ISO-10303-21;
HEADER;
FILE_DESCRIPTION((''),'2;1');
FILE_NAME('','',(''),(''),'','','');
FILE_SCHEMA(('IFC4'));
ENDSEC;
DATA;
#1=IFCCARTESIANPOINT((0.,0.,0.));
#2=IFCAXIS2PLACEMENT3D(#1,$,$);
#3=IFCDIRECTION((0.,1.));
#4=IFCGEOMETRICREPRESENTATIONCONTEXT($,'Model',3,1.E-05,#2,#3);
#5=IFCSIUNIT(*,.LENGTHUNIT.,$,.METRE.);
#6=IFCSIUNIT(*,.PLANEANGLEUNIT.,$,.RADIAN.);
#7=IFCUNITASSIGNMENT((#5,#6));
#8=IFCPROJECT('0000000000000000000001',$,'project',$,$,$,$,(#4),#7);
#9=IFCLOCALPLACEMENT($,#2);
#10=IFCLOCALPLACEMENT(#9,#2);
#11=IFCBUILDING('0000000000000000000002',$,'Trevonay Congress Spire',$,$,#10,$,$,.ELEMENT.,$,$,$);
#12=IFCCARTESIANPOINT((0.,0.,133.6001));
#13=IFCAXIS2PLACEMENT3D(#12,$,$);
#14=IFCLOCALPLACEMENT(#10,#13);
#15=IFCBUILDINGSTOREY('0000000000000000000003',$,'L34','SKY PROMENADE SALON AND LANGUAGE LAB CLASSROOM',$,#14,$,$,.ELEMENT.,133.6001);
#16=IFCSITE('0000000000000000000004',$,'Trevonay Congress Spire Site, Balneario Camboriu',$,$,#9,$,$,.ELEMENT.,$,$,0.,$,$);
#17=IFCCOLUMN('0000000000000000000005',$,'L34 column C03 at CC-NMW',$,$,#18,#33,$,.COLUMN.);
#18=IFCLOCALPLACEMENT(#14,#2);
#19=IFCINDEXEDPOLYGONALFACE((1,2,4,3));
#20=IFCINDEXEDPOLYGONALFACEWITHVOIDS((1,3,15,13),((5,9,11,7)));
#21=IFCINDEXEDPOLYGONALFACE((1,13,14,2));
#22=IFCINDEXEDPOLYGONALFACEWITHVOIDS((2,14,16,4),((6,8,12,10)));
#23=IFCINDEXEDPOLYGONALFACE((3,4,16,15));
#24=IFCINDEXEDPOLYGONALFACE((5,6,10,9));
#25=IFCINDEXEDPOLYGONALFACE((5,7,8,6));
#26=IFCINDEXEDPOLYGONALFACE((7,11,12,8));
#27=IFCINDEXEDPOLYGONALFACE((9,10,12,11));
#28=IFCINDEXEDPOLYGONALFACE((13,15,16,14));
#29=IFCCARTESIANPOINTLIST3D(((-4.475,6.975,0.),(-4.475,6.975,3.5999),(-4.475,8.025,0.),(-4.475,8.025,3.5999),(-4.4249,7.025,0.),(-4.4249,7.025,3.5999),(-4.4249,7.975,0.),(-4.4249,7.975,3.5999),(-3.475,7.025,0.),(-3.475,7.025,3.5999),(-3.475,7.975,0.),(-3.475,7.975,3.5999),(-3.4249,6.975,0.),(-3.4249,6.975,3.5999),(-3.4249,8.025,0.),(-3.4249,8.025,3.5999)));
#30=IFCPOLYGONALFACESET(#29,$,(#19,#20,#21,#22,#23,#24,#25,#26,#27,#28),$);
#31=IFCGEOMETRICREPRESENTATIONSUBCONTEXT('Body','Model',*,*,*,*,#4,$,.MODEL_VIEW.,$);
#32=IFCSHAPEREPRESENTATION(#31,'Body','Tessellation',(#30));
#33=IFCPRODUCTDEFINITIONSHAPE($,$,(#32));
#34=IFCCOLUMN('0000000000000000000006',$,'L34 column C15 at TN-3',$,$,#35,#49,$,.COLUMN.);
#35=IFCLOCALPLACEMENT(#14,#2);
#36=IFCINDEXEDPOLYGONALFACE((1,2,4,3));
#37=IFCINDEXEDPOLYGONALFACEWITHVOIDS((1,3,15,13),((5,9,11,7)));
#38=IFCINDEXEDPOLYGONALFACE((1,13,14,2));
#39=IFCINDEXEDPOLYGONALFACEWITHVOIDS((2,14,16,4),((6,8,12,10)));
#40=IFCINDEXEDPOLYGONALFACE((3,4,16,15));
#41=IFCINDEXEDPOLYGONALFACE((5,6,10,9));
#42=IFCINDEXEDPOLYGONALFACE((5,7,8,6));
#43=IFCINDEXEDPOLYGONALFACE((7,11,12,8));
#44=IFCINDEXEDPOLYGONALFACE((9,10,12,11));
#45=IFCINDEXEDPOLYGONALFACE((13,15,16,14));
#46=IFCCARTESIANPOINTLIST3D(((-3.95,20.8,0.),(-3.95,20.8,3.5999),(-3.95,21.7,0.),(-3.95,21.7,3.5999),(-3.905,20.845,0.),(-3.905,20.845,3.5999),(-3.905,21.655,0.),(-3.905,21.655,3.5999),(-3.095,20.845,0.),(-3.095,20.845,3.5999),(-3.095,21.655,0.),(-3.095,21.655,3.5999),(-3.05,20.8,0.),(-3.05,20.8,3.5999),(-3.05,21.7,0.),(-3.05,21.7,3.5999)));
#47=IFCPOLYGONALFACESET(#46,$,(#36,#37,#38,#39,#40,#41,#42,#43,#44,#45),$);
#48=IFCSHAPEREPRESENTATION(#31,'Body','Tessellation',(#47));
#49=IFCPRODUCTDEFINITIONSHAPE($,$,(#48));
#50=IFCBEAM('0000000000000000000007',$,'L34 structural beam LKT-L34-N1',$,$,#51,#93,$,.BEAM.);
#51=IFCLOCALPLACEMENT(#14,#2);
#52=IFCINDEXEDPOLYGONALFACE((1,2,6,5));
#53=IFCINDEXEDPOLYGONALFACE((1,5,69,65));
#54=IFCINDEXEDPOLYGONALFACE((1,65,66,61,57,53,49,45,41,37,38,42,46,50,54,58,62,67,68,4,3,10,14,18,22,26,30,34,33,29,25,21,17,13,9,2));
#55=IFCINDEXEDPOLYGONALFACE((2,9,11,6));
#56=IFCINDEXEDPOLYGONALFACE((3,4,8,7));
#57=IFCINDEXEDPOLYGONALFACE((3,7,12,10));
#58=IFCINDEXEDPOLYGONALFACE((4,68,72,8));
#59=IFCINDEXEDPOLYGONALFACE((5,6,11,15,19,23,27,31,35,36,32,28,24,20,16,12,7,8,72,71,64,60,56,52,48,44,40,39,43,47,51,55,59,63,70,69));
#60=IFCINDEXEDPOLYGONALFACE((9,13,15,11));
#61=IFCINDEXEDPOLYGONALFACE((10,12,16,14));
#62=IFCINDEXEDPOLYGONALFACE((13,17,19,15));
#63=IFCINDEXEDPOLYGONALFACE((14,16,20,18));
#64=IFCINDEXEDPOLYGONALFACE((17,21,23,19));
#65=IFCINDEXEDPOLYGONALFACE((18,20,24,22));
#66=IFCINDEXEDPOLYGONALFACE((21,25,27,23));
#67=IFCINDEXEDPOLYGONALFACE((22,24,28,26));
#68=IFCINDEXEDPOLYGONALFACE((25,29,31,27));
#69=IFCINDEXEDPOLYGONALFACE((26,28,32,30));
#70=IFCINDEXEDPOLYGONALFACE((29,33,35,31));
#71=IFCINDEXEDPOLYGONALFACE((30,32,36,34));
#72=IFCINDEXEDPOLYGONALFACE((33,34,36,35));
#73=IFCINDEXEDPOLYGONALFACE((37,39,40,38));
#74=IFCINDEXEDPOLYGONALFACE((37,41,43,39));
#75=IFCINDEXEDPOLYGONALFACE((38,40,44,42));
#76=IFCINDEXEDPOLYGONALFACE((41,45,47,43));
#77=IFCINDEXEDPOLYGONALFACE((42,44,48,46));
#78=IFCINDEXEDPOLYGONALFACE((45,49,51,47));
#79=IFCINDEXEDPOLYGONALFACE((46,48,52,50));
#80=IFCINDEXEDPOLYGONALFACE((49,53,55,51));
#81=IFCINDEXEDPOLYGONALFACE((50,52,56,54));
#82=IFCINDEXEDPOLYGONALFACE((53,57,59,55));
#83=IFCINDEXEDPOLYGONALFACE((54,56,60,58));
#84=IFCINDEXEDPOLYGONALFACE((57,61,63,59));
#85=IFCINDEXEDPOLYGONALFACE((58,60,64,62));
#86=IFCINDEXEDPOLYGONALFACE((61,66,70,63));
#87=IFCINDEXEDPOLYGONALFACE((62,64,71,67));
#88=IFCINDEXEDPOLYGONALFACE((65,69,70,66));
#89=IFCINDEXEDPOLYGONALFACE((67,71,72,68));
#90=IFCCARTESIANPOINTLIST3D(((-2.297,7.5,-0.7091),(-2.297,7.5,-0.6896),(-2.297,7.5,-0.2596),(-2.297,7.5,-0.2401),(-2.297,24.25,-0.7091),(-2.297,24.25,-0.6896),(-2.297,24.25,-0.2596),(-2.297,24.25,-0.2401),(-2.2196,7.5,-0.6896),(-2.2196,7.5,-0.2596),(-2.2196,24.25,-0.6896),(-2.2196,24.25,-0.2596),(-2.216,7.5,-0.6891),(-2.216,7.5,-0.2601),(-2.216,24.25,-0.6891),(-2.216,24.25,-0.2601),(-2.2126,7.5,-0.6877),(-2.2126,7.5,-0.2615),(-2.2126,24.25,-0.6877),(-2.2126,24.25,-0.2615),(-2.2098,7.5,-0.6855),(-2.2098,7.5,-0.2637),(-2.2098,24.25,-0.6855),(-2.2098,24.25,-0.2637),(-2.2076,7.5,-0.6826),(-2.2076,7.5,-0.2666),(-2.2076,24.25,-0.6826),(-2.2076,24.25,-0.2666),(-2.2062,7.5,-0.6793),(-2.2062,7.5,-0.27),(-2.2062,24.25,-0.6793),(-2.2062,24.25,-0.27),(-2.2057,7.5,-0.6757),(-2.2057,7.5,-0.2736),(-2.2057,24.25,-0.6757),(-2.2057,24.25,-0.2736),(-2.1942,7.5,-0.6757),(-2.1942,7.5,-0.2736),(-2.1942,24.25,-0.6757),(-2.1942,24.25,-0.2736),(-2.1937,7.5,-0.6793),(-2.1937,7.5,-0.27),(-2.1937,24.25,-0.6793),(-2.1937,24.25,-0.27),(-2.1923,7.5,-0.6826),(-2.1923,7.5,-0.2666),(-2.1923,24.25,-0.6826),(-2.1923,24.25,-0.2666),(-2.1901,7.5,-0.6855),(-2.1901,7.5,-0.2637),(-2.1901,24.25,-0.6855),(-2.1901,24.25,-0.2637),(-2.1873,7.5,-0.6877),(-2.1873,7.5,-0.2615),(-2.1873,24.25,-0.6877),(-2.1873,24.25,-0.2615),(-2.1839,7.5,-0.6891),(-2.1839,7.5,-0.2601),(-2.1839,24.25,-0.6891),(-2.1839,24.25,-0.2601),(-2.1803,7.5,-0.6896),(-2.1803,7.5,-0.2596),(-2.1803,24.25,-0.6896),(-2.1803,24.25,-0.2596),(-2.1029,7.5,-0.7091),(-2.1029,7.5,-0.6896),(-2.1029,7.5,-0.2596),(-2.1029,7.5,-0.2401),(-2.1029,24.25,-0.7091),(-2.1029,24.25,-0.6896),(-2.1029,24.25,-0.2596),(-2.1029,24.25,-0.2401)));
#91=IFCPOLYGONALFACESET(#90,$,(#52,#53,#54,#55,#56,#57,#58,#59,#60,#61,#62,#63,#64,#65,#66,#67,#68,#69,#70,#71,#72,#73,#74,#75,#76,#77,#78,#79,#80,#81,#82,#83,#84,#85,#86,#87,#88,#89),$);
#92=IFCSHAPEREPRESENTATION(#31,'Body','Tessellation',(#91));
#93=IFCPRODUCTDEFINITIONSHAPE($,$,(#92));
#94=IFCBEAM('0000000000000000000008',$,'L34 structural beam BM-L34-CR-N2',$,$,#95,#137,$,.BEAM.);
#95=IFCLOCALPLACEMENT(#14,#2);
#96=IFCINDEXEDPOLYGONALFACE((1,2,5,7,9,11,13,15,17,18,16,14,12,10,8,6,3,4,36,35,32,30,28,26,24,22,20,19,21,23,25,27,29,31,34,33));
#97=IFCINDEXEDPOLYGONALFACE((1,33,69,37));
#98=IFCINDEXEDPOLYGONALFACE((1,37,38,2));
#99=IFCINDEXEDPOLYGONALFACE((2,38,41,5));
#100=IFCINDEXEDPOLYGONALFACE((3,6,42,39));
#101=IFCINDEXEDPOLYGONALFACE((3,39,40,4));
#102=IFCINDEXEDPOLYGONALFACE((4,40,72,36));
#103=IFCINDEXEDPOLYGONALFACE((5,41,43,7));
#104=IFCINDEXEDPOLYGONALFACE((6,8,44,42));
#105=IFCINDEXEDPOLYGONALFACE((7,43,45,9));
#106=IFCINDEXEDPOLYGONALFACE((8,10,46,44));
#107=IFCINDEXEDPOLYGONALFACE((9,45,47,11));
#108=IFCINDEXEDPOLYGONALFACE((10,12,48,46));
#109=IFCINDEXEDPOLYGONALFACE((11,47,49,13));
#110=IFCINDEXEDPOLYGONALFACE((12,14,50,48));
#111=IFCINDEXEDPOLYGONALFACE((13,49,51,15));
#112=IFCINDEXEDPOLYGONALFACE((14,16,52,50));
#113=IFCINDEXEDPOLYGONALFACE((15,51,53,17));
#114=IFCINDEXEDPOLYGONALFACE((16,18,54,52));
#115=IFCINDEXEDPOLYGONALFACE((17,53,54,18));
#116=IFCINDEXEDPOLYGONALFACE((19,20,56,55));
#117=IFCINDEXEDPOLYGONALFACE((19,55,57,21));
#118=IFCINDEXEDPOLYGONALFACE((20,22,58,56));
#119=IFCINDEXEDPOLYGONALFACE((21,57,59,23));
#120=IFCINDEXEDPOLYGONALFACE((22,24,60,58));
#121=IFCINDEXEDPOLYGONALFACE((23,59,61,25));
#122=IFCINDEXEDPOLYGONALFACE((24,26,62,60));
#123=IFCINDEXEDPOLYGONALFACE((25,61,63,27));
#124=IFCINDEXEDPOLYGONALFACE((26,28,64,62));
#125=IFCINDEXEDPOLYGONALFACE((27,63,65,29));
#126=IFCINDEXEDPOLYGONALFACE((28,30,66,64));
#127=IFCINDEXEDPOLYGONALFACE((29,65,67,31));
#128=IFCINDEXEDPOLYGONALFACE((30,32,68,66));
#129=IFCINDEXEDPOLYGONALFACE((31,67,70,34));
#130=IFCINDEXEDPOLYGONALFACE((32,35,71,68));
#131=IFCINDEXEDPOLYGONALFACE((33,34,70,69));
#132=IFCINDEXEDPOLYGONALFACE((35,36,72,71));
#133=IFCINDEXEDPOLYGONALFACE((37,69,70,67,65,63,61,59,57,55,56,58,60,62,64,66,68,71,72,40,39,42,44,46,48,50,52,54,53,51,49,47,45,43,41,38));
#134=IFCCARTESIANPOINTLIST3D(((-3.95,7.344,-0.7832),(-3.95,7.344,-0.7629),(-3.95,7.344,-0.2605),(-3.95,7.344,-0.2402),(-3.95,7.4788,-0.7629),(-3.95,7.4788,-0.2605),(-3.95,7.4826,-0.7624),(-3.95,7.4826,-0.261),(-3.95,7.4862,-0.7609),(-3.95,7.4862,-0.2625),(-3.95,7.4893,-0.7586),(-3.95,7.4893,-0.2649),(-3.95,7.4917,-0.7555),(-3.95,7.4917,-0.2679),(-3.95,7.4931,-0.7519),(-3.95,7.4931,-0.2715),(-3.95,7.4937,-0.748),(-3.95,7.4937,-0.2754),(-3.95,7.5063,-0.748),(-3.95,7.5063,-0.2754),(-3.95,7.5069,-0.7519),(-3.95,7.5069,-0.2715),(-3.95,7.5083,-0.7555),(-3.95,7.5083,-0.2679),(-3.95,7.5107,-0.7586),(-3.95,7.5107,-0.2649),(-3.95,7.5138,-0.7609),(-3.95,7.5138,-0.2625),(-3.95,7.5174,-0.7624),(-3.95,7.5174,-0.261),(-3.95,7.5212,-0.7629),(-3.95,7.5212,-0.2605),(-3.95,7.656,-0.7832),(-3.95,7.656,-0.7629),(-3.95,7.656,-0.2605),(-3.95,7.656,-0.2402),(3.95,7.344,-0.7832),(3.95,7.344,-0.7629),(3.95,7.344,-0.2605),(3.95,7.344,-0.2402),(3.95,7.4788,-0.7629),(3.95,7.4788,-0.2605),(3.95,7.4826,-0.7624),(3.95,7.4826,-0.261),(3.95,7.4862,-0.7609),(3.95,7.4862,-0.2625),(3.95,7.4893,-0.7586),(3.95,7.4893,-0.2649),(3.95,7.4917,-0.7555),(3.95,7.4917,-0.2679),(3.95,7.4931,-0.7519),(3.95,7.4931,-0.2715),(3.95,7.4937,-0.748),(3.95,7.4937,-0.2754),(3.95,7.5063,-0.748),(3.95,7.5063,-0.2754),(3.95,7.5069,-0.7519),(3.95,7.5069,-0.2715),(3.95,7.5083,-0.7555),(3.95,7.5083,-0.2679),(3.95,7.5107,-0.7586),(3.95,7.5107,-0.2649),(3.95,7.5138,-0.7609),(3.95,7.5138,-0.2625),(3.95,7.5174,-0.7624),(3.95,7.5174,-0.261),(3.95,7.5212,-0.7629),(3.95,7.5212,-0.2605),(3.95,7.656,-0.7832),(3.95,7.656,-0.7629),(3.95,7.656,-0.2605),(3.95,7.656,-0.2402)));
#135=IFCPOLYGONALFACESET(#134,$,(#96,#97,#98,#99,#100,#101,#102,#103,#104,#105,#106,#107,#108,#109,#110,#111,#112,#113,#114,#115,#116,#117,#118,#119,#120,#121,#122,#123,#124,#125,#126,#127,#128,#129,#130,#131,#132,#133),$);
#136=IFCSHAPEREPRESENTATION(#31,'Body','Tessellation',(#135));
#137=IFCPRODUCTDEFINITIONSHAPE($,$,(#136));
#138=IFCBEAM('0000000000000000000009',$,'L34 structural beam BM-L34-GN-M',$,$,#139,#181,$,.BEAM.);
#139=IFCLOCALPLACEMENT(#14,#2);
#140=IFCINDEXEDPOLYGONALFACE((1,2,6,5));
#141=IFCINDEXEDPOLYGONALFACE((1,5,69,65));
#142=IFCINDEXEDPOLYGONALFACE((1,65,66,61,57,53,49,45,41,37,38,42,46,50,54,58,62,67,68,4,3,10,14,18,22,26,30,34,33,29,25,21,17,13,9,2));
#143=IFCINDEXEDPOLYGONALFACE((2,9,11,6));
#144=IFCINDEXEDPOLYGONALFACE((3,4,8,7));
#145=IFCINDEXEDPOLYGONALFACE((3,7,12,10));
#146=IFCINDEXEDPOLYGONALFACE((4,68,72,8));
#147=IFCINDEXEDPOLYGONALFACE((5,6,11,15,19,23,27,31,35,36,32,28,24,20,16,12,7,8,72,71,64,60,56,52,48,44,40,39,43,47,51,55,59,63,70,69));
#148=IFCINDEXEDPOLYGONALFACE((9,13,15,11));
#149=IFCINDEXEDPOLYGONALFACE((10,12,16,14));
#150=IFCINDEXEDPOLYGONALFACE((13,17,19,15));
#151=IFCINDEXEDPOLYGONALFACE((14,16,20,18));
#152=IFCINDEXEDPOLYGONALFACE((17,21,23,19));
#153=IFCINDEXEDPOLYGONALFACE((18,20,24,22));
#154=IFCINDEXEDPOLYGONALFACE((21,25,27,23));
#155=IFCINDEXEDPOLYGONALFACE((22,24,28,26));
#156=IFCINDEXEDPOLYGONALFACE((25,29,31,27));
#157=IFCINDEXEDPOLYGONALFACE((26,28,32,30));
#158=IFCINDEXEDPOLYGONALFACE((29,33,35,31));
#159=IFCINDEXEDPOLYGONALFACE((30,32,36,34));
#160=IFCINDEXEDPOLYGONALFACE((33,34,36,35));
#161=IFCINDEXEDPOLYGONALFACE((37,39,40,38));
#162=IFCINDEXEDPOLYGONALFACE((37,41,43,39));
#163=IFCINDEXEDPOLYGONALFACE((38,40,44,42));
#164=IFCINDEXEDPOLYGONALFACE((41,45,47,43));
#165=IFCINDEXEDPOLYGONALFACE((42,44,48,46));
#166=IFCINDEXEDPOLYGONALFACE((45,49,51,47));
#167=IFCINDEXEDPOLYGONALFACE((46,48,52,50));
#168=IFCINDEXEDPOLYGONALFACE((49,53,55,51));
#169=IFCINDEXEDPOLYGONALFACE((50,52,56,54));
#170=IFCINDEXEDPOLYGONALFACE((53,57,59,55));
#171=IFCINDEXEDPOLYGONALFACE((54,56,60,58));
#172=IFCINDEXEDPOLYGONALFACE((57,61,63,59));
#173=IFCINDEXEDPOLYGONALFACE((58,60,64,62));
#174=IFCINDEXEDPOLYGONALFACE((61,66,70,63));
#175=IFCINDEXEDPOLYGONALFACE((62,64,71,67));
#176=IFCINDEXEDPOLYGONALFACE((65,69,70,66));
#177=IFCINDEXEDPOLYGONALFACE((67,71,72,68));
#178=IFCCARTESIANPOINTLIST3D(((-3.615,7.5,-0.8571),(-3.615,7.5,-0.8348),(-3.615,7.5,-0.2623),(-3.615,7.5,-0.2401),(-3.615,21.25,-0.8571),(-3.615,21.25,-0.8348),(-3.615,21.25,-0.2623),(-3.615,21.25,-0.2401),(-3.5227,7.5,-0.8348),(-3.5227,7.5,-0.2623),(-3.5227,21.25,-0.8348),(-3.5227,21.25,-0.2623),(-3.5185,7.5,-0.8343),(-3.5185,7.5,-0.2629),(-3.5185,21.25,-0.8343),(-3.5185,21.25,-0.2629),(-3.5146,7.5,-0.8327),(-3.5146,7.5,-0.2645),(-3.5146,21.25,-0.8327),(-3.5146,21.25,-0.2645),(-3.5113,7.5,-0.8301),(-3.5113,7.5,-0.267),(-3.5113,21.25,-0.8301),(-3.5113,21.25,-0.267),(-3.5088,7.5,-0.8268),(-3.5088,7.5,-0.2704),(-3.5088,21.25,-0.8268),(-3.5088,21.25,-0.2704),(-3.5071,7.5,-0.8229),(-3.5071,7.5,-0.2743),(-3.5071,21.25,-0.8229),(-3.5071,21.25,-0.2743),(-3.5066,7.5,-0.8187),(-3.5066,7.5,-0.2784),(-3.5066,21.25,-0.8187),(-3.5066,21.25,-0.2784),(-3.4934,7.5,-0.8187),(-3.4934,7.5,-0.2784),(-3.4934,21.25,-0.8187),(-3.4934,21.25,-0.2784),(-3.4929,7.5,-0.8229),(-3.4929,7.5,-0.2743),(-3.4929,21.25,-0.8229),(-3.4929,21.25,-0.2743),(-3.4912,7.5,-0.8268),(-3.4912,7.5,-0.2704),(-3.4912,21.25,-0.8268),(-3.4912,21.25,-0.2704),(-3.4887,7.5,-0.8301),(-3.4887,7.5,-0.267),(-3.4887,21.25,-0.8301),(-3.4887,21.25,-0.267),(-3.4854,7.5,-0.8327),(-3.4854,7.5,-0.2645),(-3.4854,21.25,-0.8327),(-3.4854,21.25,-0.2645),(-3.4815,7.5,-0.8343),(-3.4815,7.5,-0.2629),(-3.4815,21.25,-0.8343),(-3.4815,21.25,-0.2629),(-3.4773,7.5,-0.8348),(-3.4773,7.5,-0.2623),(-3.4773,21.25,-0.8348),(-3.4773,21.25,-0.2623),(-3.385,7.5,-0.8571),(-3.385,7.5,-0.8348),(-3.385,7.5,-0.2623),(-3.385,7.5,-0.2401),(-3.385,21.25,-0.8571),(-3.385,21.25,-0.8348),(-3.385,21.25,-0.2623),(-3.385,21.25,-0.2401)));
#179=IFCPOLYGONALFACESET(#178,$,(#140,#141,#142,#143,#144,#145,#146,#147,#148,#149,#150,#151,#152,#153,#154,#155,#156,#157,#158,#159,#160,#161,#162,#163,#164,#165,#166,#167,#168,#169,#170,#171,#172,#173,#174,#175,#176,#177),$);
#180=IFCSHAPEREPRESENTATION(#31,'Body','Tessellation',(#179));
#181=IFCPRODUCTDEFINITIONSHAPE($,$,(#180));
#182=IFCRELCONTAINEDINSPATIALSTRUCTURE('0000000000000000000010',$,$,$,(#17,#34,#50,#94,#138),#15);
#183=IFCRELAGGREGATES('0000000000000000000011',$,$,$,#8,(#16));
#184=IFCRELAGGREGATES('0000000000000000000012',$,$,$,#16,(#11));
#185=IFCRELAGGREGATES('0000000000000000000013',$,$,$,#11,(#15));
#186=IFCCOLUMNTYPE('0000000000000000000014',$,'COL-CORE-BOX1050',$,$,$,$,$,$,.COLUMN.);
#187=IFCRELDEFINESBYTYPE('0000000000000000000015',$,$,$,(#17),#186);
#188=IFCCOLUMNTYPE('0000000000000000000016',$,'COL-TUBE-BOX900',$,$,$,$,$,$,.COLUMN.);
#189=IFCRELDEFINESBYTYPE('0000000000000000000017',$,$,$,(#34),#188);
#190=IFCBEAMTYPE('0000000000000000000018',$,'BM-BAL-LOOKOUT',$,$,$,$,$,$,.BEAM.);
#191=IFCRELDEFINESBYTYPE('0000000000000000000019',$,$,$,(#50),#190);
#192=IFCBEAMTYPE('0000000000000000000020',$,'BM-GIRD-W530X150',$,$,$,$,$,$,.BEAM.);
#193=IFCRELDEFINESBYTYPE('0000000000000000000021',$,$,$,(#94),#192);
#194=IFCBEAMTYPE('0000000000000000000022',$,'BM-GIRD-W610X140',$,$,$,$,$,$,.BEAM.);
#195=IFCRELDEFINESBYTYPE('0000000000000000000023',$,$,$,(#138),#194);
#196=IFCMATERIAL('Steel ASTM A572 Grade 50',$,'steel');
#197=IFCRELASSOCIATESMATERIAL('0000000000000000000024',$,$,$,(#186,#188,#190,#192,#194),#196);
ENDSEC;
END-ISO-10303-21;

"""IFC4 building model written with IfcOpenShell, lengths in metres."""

from ifc_helpers import new_model, si_unit, direction, frame, origin, origin_2d, place, context, subcontext, project, spatial, hollow_rectangle, i_section, extrude, material, material_profile, profile_set, type_object, element, save


model = new_model("IFC4")

# Units and contexts
model_context = context("Model", 3, precision=1e-05, world=origin(), true_north=direction((0.0, 1.0)))
body_context = subcontext(model_context, "Body", "Model", "MODEL_VIEW")
ifc_project = project(units=[si_unit("LENGTHUNIT", "METRE"), si_unit("PLANEANGLEUNIT", "RADIAN")], contexts=[model_context])

# Site, building, storey
site_placement = place(None, origin())
site = spatial("IfcSite", under=ifc_project, at=site_placement, Name="Trevonay Congress Spire Site, Balneario Camboriu", CompositionType="ELEMENT", RefElevation=0.0)
building_placement = place(site_placement, origin())
building = spatial("IfcBuilding", under=site, at=building_placement, Name="Trevonay Congress Spire", CompositionType="ELEMENT")
storey_placement = place(building_placement, frame((0.0, 0.0, 133.6001)))
storey = spatial("IfcBuildingStorey", under=building, at=storey_placement, Name="L34", Description="SKY PROMENADE SALON AND LANGUAGE LAB CLASSROOM", CompositionType="ELEMENT", Elevation=133.6001)

# Columns
ifc_material_1 = material(Name="Steel ASTM A572 Grade 50", Category="steel")
ifc_material_profile_1 = material_profile(ifc_material_1, hollow_rectangle(XDim=1.05, YDim=1.05, WallThickness=0.05, at=origin_2d()), Name="BOX 1050x1050x50")
ifc_profile_set_1 = profile_set([ifc_material_profile_1], Name="Steel ASTM A572 Grade 50")
column_type_1 = type_object("IfcColumnType", Name="COL-CORE-BOX1050", PredefinedType="COLUMN", material=ifc_profile_set_1)
column_1_placement = place(storey_placement, frame((-3.95, 7.5, 0.0), z_axis=(0.0, 0.0, 1.0), x_axis=(1.0, 0.0, 0.0)))
element("IfcColumn", 1, at=column_1_placement, inside=storey, type_object=column_type_1, Name="L34 column C03 at CC-NMW", PredefinedType="COLUMN", context=body_context, shape_type="SweptSolid", body=[
    extrude(hollow_rectangle(XDim=1.05, YDim=1.05, WallThickness=0.05, at=origin_2d()), origin(), (0.0, 0.0, 1.0), 3.5999),
])
ifc_material_profile_2 = material_profile(ifc_material_1, hollow_rectangle(XDim=0.8999, YDim=0.8999, WallThickness=0.0449, at=origin_2d()), Name="BOX 900x900x45")
ifc_profile_set_2 = profile_set([ifc_material_profile_2], Name="Steel ASTM A572 Grade 50")
column_type_2 = type_object("IfcColumnType", Name="COL-TUBE-BOX900", PredefinedType="COLUMN", material=ifc_profile_set_2)
column_2_placement = place(storey_placement, frame((-3.5, 21.25, 0.0), z_axis=(0.0, 0.0, 1.0), x_axis=(1.0, 0.0, 0.0)))
element("IfcColumn", 2, at=column_2_placement, inside=storey, type_object=column_type_2, Name="L34 column C15 at TN-3", PredefinedType="COLUMN", context=body_context, shape_type="SweptSolid", body=[
    extrude(hollow_rectangle(XDim=0.8999, YDim=0.8999, WallThickness=0.0449, at=origin_2d()), origin(), (0.0, 0.0, 1.0), 3.5999),
])

# Beams
ifc_material_profile_3 = material_profile(ifc_material_1, i_section(OverallWidth=0.1941, OverallDepth=0.469, WebThickness=0.0115, FlangeThickness=0.0195, FilletRadius=0.0139, at=origin_2d()), Name="W460x106")
ifc_profile_set_3 = profile_set([ifc_material_profile_3], Name="Steel ASTM A572 Grade 50")
beam_type_1 = type_object("IfcBeamType", Name="BM-BAL-LOOKOUT", PredefinedType="BEAM", material=ifc_profile_set_3)
beam_1_placement = place(storey_placement, frame((-2.2, 7.5, -0.4746), z_axis=(0.0, 1.0, 0.0), x_axis=(-1.0, 0.0, 0.0)))
element("IfcBeam", 3, at=beam_1_placement, inside=storey, type_object=beam_type_1, Name="L34 structural beam LKT-L34-N1", PredefinedType="BEAM", context=body_context, shape_type="SweptSolid", body=[
    extrude(i_section(OverallWidth=0.1941, OverallDepth=0.469, WebThickness=0.0115, FlangeThickness=0.0195, FilletRadius=0.0139, at=origin_2d()), origin(), (0.0, 0.0, 1.0), 16.75),
])
ifc_material_profile_4 = material_profile(ifc_material_1, i_section(OverallWidth=0.312, OverallDepth=0.543, WebThickness=0.0127, FlangeThickness=0.0203, FilletRadius=0.0149, at=origin_2d()), Name="W530x150")
ifc_profile_set_4 = profile_set([ifc_material_profile_4], Name="Steel ASTM A572 Grade 50")
beam_type_2 = type_object("IfcBeamType", Name="BM-GIRD-W530X150", PredefinedType="BEAM", material=ifc_profile_set_4)
beam_2_placement = place(storey_placement, frame((-3.95, 7.5, -0.5117), z_axis=(1.0, 0.0, 0.0), x_axis=(0.0, 1.0, 0.0)))
element("IfcBeam", 4, at=beam_2_placement, inside=storey, type_object=beam_type_2, Name="L34 structural beam BM-L34-CR-N2", PredefinedType="BEAM", context=body_context, shape_type="SweptSolid", body=[
    extrude(i_section(OverallWidth=0.312, OverallDepth=0.543, WebThickness=0.0127, FlangeThickness=0.0203, FilletRadius=0.0149, at=origin_2d()), origin(), (0.0, 0.0, 1.0), 7.8999),
])
ifc_material_profile_5 = material_profile(ifc_material_1, i_section(OverallWidth=0.23, OverallDepth=0.6169, WebThickness=0.0132, FlangeThickness=0.0222, FilletRadius=0.0161, at=origin_2d()), Name="W610x140")
ifc_profile_set_5 = profile_set([ifc_material_profile_5], Name="Steel ASTM A572 Grade 50")
beam_type_3 = type_object("IfcBeamType", Name="BM-GIRD-W610X140", PredefinedType="BEAM", material=ifc_profile_set_5)
beam_3_placement = place(storey_placement, frame((-3.5, 7.5, -0.5486), z_axis=(0.0, 1.0, 0.0), x_axis=(-1.0, 0.0, 0.0)))
element("IfcBeam", 5, at=beam_3_placement, inside=storey, type_object=beam_type_3, Name="L34 structural beam BM-L34-GN-M", PredefinedType="BEAM", context=body_context, shape_type="SweptSolid", body=[
    extrude(i_section(OverallWidth=0.23, OverallDepth=0.6169, WebThickness=0.0132, FlangeThickness=0.0222, FilletRadius=0.0161, at=origin_2d()), origin(), (0.0, 0.0, 1.0), 13.75),
])

save(model, "model.ifc")
